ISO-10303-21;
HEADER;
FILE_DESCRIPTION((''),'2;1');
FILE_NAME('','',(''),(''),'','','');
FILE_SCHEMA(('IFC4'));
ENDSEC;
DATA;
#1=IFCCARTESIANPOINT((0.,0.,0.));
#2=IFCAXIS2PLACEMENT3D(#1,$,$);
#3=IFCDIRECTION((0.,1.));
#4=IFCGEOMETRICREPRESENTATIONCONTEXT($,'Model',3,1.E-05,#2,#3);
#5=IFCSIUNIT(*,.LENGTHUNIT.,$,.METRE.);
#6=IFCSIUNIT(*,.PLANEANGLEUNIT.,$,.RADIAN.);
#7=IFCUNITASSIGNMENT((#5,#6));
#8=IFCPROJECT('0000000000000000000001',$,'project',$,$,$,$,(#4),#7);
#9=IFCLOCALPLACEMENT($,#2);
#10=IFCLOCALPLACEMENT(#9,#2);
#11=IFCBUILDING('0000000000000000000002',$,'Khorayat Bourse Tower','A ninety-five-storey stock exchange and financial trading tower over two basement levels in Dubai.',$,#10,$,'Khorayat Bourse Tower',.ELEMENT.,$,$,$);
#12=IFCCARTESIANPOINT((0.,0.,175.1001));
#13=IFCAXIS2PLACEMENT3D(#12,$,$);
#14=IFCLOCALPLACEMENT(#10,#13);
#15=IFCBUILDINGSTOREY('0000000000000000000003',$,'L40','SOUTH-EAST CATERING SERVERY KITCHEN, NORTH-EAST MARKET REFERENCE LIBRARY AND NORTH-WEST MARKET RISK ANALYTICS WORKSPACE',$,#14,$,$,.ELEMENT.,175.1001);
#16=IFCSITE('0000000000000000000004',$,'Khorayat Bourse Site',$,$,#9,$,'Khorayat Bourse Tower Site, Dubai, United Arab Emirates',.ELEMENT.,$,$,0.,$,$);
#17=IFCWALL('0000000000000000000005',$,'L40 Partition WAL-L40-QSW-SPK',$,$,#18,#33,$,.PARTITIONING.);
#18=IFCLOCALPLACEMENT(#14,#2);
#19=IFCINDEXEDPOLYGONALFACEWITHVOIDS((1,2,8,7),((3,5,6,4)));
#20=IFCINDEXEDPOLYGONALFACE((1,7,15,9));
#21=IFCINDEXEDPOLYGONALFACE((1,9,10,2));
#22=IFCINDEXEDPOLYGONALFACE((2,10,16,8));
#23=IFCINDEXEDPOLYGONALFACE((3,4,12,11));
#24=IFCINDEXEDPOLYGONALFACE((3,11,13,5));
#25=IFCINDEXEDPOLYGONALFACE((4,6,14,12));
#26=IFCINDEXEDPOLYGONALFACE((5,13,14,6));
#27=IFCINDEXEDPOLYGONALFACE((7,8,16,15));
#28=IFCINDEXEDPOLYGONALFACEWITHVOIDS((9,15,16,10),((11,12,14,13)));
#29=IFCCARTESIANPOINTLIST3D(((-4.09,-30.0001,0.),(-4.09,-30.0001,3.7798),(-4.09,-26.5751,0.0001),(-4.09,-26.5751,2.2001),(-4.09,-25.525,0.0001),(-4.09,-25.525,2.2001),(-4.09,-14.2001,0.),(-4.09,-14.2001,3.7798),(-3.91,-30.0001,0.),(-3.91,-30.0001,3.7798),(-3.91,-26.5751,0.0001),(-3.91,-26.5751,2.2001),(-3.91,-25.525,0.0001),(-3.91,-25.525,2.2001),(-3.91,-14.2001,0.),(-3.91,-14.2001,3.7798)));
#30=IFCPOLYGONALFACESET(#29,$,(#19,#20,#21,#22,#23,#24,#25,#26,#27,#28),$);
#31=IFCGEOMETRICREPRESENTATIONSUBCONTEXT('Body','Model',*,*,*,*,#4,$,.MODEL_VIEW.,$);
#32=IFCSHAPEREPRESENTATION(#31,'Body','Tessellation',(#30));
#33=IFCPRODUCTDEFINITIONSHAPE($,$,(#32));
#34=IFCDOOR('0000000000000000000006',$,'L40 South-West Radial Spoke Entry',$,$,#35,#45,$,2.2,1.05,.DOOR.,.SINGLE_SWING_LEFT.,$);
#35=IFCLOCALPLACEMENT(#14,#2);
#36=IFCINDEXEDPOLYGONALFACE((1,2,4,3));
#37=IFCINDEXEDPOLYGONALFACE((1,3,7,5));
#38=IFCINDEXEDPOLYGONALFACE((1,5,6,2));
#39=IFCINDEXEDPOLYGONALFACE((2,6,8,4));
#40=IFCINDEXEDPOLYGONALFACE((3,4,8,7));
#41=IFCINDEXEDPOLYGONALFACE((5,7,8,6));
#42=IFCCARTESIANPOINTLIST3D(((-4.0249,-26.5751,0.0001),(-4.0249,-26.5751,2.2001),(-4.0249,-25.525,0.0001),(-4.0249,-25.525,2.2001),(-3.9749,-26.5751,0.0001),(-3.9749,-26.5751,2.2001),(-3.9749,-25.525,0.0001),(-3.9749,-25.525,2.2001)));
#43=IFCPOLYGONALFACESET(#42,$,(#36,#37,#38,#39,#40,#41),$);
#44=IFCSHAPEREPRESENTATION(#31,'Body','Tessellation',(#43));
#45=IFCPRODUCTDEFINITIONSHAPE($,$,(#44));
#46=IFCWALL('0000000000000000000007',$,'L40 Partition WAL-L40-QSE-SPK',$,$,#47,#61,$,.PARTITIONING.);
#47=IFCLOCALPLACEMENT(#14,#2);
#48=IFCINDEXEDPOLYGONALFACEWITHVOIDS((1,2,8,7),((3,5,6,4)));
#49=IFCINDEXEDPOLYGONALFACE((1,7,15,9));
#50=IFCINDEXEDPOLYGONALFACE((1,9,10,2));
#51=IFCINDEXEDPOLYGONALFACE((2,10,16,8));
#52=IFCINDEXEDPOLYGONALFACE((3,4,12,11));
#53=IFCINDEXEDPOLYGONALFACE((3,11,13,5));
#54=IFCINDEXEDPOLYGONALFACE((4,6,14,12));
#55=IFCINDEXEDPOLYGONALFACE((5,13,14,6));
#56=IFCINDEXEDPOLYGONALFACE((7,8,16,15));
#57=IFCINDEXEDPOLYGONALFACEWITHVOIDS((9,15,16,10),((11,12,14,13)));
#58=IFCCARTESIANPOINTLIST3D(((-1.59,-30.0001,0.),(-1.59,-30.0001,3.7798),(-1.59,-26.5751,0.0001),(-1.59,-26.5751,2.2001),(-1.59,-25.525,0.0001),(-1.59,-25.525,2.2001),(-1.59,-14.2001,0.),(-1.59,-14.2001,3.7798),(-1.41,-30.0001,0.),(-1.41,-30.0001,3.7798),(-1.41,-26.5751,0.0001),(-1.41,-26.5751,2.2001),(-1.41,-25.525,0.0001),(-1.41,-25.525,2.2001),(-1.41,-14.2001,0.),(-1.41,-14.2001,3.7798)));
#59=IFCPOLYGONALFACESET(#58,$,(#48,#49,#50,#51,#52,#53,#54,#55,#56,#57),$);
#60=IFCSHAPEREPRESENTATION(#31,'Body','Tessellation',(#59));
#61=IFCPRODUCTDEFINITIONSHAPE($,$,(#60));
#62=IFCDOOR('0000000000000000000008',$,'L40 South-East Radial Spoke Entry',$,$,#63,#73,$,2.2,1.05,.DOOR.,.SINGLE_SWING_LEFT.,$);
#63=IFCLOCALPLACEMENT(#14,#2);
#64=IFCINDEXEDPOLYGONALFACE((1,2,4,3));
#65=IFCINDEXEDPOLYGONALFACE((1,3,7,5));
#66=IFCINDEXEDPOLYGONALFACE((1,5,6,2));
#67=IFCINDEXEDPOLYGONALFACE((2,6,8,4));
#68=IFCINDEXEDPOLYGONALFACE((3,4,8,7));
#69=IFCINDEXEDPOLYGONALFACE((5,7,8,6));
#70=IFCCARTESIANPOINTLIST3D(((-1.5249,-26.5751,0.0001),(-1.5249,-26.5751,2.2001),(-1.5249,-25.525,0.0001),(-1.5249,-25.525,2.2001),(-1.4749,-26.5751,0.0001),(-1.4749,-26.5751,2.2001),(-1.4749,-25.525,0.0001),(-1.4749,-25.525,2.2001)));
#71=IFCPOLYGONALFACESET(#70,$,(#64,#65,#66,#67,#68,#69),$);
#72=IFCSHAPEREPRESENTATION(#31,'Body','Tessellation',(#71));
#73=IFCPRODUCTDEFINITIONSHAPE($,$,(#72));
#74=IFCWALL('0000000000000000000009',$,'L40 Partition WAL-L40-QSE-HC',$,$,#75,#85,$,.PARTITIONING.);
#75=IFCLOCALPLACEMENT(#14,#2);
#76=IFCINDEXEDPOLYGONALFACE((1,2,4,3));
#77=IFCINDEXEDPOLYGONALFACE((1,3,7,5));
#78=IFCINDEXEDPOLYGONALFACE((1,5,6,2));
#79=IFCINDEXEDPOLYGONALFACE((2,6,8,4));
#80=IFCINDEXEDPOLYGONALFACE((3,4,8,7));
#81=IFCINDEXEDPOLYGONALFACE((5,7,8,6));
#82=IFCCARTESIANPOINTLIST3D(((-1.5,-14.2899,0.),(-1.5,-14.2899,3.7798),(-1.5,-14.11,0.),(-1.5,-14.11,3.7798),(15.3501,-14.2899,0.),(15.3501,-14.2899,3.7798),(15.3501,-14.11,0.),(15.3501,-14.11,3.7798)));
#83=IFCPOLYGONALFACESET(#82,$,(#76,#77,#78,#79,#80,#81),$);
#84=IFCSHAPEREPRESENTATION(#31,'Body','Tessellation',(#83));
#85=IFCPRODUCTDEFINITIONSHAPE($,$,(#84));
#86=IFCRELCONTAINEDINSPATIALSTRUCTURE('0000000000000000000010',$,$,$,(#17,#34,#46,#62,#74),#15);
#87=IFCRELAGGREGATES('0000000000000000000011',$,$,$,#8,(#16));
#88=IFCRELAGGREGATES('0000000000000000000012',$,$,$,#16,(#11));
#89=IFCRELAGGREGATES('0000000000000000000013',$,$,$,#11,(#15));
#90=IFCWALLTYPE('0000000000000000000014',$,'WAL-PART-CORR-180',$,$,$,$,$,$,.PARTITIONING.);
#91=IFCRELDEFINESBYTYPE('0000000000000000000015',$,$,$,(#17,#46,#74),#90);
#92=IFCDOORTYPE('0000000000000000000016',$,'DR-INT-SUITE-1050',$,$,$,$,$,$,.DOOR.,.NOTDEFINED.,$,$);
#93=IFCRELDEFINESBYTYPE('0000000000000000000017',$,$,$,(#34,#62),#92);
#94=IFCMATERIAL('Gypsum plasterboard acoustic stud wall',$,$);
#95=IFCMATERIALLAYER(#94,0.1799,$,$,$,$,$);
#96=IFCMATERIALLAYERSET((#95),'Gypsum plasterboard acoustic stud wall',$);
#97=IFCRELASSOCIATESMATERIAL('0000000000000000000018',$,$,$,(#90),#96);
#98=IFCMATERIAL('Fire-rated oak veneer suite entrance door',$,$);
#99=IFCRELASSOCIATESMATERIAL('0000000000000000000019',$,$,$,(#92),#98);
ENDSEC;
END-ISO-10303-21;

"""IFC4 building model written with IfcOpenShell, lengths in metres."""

from ifc_helpers import new_model, si_unit, direction, frame, frame_2d, origin, place, context, subcontext, project, spatial, rectangle, extrude, source, transform, mapped, material, layer, layer_set, type_object, element, fill, save


model = new_model("IFC4")

# Units and contexts
model_context = context("Model", 3, precision=1e-05, world=origin(), true_north=direction((0.0, 1.0)))
body_context = subcontext(model_context, "Body", "Model", "MODEL_VIEW")
ifc_project = project(units=[si_unit("LENGTHUNIT", "METRE"), si_unit("PLANEANGLEUNIT", "RADIAN")], contexts=[model_context])

# Site, building, storey
site_placement = place(None, origin())
site = spatial("IfcSite", under=ifc_project, at=site_placement, Name="Khorayat Bourse Site", LongName="Khorayat Bourse Tower Site, Dubai, United Arab Emirates", CompositionType="ELEMENT", RefElevation=0.0)
building_placement = place(site_placement, origin())
building = spatial("IfcBuilding", under=site, at=building_placement, Name="Khorayat Bourse Tower", Description="A ninety-five-storey stock exchange and financial trading tower over two basement levels in Dubai.", LongName="Khorayat Bourse Tower", CompositionType="ELEMENT")
storey_placement = place(building_placement, frame((0.0, 0.0, 175.1001)))
storey = spatial("IfcBuildingStorey", under=building, at=storey_placement, Name="L40", Description="SOUTH-EAST CATERING SERVERY KITCHEN, NORTH-EAST MARKET REFERENCE LIBRARY AND NORTH-WEST MARKET RISK ANALYTICS WORKSPACE", CompositionType="ELEMENT", Elevation=175.1001)

# Shared definitions
ifc_material_1 = material(Name="Gypsum plasterboard acoustic stud wall")
ifc_layer_1 = layer(ifc_material_1, 0.1799)
ifc_layer_set_1 = layer_set([ifc_layer_1], Name="Gypsum plasterboard acoustic stud wall")
wall_type = type_object("IfcWallType", Name="WAL-PART-CORR-180", PredefinedType="PARTITIONING", material=ifc_layer_set_1)

# Walls, openings, doors
shared_shape_1 = source(origin(), body_context, "Body", "SweptSolid", [
    extrude(rectangle(XDim=15.8, YDim=0.1799, at=frame_2d((7.8999, 0.0))), origin(), (0.0, 0.0, 1.0), 3.7798),
])
wall_1_placement = place(storey_placement, frame((-4.0, -30.0, 0.0), z_axis=(0.0, 0.0, 1.0), x_axis=(0.0, 1.0, 0.0)))
wall_1 = element("IfcWall", 1, at=wall_1_placement, inside=storey, type_object=wall_type, Name="L40 Partition WAL-L40-QSW-SPK", PredefinedType="PARTITIONING", context=body_context, shape_type="MappedRepresentation", body=[
    mapped(shared_shape_1, transform((0.0, 0.0, 0.0), scale=1.0)),
])
shared_shape_2 = source(origin(), body_context, "Body", "SweptSolid", [
    extrude(rectangle(XDim=1.05, YDim=2.2, at=frame_2d((0.5249, 1.1001))), frame((0.0, 0.0999, 0.0), z_axis=(0.0, -1.0, 0.0), x_axis=(1.0, 0.0, 0.0)), (0.0, 0.0, 1.0), 0.2),
])
opening_1_placement = place(wall_1_placement, frame((3.425, 0.0, 0.0)))
opening_1 = element("IfcOpeningElement", 2, at=opening_1_placement, cuts=wall_1, PredefinedType="OPENING", context=body_context, shape_type="MappedRepresentation", body=[
    mapped(shared_shape_2, transform((0.0, 0.0, 0.0), scale=1.0)),
])
ifc_material_2 = material(Name="Fire-rated oak veneer suite entrance door")
door_type = type_object("IfcDoorType", Name="DR-INT-SUITE-1050", OperationType="NOTDEFINED", PredefinedType="DOOR", material=ifc_material_2)
shared_shape_3 = source(origin(), body_context, "Body", "SweptSolid", [
    extrude(rectangle(XDim=1.05, YDim=2.2, at=frame_2d((0.5249, 1.1001))), frame((0.0, 0.0249, 0.0), z_axis=(0.0, -1.0, 0.0), x_axis=(1.0, 0.0, 0.0)), (0.0, 0.0, 1.0), 0.05),
])
door_1_placement = place(opening_1_placement, origin())
door_1 = element("IfcDoor", 3, at=door_1_placement, inside=storey, type_object=door_type, Name="L40 South-West Radial Spoke Entry", OperationType="SINGLE_SWING_LEFT", OverallHeight=2.2, OverallWidth=1.05, PredefinedType="DOOR", context=body_context, shape_type="MappedRepresentation", body=[
    mapped(shared_shape_3, transform((0.0, 0.0, 0.0), scale=1.0)),
])
fill(opening_1, door_1)
wall_2_placement = place(storey_placement, frame((-1.5, -30.0, 0.0), z_axis=(0.0, 0.0, 1.0), x_axis=(0.0, 1.0, 0.0)))
wall_2 = element("IfcWall", 4, at=wall_2_placement, inside=storey, type_object=wall_type, Name="L40 Partition WAL-L40-QSE-SPK", PredefinedType="PARTITIONING", context=body_context, shape_type="MappedRepresentation", body=[
    mapped(shared_shape_1, transform((0.0, 0.0, 0.0), scale=1.0)),
])
opening_2_placement = place(wall_2_placement, frame((3.425, 0.0, 0.0)))
opening_2 = element("IfcOpeningElement", 5, at=opening_2_placement, cuts=wall_2, PredefinedType="OPENING", context=body_context, shape_type="MappedRepresentation", body=[
    mapped(shared_shape_2, transform((0.0, 0.0, 0.0), scale=1.0)),
])
door_2_placement = place(opening_2_placement, origin())
door_2 = element("IfcDoor", 6, at=door_2_placement, inside=storey, type_object=door_type, Name="L40 South-East Radial Spoke Entry", OperationType="SINGLE_SWING_LEFT", OverallHeight=2.2, OverallWidth=1.05, PredefinedType="DOOR", context=body_context, shape_type="MappedRepresentation", body=[
    mapped(shared_shape_3, transform((0.0, 0.0, 0.0), scale=1.0)),
])
fill(opening_2, door_2)

# Wall
shared_shape_4 = source(origin(), body_context, "Body", "SweptSolid", [
    extrude(rectangle(XDim=16.8501, YDim=0.1799, at=frame_2d((8.425, 0.0))), origin(), (0.0, 0.0, 1.0), 3.7798),
])
wall_3_placement = place(storey_placement, frame((-1.5, -14.2, 0.0), z_axis=(0.0, 0.0, 1.0), x_axis=(1.0, 0.0, 0.0)))
element("IfcWall", 7, at=wall_3_placement, inside=storey, type_object=wall_type, Name="L40 Partition WAL-L40-QSE-HC", PredefinedType="PARTITIONING", context=body_context, shape_type="MappedRepresentation", body=[
    mapped(shared_shape_4, transform((0.0, 0.0, 0.0), scale=1.0)),
])

save(model, "model.ifc")
